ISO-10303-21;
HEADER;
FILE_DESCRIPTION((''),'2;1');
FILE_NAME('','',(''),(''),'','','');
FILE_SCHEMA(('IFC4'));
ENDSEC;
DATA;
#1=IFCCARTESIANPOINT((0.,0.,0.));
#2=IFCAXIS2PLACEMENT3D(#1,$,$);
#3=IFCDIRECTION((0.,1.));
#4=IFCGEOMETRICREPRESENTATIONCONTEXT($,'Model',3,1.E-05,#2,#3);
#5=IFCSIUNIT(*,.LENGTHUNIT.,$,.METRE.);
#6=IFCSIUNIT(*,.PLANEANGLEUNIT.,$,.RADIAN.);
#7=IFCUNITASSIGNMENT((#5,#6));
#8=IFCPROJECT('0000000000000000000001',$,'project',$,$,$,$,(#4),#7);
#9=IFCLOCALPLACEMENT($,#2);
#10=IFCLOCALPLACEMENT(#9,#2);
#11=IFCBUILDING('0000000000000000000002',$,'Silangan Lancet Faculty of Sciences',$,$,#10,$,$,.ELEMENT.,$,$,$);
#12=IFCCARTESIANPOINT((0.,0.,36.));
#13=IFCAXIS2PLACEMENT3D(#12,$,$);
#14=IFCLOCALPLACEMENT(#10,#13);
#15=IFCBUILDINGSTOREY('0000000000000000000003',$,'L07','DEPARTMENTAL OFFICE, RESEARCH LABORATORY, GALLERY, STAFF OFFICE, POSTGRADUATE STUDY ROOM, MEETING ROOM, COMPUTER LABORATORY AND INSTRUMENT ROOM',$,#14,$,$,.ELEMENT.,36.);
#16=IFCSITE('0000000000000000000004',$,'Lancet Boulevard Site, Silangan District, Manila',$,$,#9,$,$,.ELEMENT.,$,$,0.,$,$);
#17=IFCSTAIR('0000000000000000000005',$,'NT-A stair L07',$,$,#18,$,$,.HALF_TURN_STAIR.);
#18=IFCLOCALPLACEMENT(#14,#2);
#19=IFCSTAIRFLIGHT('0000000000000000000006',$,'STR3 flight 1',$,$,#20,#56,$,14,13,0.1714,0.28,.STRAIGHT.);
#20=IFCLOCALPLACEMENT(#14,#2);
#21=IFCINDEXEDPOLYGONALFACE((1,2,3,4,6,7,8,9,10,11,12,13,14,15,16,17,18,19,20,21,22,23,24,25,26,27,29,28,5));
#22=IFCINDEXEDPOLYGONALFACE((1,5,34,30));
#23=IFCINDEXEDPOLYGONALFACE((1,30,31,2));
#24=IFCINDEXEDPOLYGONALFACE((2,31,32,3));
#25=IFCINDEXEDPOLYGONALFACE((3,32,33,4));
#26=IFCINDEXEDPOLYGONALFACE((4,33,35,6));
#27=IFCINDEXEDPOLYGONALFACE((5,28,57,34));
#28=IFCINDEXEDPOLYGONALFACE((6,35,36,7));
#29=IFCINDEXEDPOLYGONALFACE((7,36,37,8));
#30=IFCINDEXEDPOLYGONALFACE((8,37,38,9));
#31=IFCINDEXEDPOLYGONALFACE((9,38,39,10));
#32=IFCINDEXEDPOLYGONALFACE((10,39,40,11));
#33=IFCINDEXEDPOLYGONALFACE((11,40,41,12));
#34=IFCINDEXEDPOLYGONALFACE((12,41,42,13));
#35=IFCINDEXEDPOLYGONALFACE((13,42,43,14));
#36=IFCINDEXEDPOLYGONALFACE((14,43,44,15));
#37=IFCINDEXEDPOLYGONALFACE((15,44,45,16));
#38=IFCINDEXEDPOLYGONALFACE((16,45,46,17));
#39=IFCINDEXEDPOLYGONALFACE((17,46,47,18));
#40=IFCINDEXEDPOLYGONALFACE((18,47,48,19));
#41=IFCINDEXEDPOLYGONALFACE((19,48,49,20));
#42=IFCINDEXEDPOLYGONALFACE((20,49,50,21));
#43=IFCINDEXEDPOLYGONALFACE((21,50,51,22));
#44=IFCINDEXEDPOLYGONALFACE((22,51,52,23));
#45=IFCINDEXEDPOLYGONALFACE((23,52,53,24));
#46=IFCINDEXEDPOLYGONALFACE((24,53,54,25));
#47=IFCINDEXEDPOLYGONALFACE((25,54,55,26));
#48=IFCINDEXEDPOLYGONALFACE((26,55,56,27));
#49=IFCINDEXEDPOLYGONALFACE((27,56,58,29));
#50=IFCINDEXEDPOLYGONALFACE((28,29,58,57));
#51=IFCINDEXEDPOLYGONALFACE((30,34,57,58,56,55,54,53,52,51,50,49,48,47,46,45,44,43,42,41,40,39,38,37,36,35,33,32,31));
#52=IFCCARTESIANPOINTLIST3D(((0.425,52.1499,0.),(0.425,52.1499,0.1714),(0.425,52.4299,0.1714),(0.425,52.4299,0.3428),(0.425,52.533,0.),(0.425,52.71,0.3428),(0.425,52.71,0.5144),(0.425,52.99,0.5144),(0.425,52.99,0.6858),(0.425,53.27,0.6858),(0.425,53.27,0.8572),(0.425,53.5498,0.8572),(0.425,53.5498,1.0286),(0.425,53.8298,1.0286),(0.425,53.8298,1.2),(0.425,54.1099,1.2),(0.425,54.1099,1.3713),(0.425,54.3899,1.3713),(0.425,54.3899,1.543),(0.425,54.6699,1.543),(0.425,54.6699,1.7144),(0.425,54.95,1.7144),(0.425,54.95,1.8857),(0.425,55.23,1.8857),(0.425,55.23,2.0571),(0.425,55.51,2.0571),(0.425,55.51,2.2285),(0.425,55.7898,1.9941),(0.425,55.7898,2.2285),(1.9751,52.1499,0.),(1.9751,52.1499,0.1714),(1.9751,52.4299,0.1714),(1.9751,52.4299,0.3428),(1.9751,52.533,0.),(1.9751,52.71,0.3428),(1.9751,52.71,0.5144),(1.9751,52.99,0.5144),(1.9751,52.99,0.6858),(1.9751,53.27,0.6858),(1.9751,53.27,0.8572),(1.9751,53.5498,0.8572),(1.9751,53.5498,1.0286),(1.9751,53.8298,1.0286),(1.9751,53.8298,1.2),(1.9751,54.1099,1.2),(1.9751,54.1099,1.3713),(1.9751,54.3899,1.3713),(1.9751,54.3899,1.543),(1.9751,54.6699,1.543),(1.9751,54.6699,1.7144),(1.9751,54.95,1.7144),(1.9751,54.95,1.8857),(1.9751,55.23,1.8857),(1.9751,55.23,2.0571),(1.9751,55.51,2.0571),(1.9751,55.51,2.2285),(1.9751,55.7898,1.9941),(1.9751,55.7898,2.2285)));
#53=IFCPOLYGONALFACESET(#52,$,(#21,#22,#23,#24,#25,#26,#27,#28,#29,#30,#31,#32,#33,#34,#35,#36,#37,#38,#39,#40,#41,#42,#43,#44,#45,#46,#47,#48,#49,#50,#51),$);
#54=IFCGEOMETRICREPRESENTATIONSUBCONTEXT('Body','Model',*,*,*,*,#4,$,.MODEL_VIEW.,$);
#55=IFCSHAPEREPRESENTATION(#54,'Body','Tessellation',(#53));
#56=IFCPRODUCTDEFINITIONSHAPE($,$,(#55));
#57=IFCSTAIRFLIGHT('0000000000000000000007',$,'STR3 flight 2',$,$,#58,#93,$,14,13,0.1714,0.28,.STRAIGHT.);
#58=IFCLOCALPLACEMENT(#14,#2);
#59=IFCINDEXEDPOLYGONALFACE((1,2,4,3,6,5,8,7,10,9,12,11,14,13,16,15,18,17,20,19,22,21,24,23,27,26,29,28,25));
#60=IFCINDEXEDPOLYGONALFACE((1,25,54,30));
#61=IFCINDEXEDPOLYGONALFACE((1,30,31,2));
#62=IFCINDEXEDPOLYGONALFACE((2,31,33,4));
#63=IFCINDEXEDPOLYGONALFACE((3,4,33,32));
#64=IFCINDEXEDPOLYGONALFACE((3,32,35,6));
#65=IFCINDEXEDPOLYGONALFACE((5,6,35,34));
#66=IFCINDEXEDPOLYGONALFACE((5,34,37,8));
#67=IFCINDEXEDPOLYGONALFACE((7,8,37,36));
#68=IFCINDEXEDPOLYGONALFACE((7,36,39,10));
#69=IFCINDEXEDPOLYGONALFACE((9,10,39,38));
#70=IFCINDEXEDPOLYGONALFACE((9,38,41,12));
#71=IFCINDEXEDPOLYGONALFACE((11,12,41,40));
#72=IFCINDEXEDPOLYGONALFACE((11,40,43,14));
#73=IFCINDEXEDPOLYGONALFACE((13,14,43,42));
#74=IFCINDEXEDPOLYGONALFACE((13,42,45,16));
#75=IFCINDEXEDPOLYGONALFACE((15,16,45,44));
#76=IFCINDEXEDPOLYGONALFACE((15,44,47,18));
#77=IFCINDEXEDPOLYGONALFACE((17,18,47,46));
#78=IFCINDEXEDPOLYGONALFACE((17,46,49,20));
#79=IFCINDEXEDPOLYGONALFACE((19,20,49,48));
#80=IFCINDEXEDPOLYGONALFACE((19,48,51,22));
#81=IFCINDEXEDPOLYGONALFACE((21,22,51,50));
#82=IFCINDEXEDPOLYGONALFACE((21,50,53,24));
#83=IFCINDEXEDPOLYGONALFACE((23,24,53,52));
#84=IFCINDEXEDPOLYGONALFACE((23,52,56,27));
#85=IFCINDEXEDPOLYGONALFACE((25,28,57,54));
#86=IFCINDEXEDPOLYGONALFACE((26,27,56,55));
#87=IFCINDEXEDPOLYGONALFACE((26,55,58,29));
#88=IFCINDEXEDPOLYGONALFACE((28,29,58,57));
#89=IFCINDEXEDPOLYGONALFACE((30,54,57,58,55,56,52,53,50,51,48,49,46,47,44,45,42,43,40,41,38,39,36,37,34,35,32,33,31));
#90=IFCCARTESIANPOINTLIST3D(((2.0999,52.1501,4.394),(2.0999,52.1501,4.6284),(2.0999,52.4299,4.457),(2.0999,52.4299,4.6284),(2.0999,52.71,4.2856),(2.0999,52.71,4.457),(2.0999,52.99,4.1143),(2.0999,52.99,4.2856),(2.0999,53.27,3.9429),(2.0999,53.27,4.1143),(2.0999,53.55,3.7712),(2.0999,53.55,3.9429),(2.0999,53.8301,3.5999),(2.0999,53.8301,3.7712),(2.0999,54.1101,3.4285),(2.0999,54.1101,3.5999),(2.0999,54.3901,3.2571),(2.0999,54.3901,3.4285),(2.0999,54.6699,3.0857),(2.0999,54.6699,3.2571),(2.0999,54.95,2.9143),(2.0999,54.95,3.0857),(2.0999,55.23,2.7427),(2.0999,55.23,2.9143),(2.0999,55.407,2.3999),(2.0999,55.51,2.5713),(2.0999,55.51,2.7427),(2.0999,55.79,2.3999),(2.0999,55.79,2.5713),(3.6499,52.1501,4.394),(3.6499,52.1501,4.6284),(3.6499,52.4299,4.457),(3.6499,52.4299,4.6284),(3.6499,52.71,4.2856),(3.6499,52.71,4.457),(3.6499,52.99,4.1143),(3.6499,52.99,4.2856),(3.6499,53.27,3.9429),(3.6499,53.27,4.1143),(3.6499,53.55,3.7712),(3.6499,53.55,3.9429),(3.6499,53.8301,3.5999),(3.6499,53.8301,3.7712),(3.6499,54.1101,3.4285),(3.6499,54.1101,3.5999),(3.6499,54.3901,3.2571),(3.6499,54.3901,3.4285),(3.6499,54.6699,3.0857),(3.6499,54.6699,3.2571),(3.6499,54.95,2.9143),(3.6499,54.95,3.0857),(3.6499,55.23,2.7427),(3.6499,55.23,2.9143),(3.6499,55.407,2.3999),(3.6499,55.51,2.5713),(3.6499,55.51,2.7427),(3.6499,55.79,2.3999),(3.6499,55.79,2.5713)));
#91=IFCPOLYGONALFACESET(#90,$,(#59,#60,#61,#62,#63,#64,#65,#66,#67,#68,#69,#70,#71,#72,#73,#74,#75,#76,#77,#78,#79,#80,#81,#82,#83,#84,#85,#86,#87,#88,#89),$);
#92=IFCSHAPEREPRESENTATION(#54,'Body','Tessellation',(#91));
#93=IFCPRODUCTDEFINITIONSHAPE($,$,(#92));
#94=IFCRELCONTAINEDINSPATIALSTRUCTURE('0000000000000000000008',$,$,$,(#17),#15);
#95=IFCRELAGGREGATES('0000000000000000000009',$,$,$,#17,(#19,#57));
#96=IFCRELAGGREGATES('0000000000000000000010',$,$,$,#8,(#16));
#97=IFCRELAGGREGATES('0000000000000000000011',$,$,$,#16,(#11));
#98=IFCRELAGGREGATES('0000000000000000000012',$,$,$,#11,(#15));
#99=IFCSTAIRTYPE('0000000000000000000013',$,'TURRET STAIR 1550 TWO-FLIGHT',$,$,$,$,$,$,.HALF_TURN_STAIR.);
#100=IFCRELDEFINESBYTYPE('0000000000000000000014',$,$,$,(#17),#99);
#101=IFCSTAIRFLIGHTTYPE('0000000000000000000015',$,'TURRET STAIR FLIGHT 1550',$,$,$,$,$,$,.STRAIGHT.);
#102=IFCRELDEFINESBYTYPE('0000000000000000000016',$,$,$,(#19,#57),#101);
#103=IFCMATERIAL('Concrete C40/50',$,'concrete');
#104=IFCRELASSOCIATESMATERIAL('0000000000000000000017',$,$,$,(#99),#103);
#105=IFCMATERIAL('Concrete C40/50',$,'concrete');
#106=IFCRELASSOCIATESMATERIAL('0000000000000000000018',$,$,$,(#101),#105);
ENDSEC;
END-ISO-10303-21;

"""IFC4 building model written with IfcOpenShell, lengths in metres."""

from ifc_helpers import new_model, si_unit, direction, frame, origin, place, context, subcontext, project, spatial, polyline, outline, extrude, material, type_object, element, aggregate, save


model = new_model("IFC4")

# Units and contexts
model_context = context("Model", 3, precision=1e-05, world=origin(), true_north=direction((0.0, 1.0)))
body_context = subcontext(model_context, "Body", "Model", "MODEL_VIEW")
ifc_project = project(units=[si_unit("LENGTHUNIT", "METRE"), si_unit("PLANEANGLEUNIT", "RADIAN")], contexts=[model_context])

# Site, building, storey
site_placement = place(None, origin())
site = spatial("IfcSite", under=ifc_project, at=site_placement, Name="Lancet Boulevard Site, Silangan District, Manila", CompositionType="ELEMENT", RefElevation=0.0)
building_placement = place(site_placement, origin())
building = spatial("IfcBuilding", under=site, at=building_placement, Name="Silangan Lancet Faculty of Sciences", CompositionType="ELEMENT")
storey_placement = place(building_placement, frame((0.0, 0.0, 36.0)))
storey = spatial("IfcBuildingStorey", under=building, at=storey_placement, Name="L07", Description="DEPARTMENTAL OFFICE, RESEARCH LABORATORY, GALLERY, STAFF OFFICE, POSTGRADUATE STUDY ROOM, MEETING ROOM, COMPUTER LABORATORY AND INSTRUMENT ROOM", CompositionType="ELEMENT", Elevation=36.0)

# Stair, stair flights
ifc_material_1 = material(Name="Concrete C40/50", Category="concrete")
stair_type = type_object("IfcStairType", Name="TURRET STAIR 1550 TWO-FLIGHT", PredefinedType="HALF_TURN_STAIR", material=ifc_material_1)
stair_placement = place(storey_placement, origin())
stair = element("IfcStair", 1, at=stair_placement, inside=storey, type_object=stair_type, Name="NT-A stair L07", PredefinedType="HALF_TURN_STAIR")
ifc_material_2 = material(Name="Concrete C40/50", Category="concrete")
stair_flight_type = type_object("IfcStairFlightType", Name="TURRET STAIR FLIGHT 1550", PredefinedType="STRAIGHT", material=ifc_material_2)
stair_flight_1_placement = place(storey_placement, frame((1.2, 52.1499, 0.0), z_axis=(0.0, 0.0, 1.0), x_axis=(0.0, 1.0, 0.0)))
stair_flight_1 = element("IfcStairFlight", 2, at=stair_flight_1_placement, type_object=stair_flight_type, Name="STR3 flight 1", NumberOfRisers=14, NumberOfTreads=13, PredefinedType="STRAIGHT", RiserHeight=0.1714, TreadLength=0.28, context=body_context, shape_type="SweptSolid", body=[
    extrude(outline(polyline([(0.0, 0.0), (0.0, 0.1714), (0.28, 0.1714), (0.28, 0.3428), (0.5601, 0.3428), (0.5601, 0.5144), (0.8401, 0.5144), (0.8401, 0.6858), (1.1201, 0.6858), (1.1201, 0.8572), (1.3999, 0.8572), (1.3999, 1.0286), (1.6799, 1.0286), (1.6799, 1.2), (1.96, 1.2), (1.96, 1.3713), (2.24, 1.3713), (2.24, 1.543), (2.52, 1.543), (2.52, 1.7144), (2.8, 1.7144), (2.8, 1.8857), (3.0801, 1.8857), (3.0801, 2.0571), (3.3601, 2.0571), (3.3601, 2.2285), (3.6399, 2.2285), (3.6399, 2.3999), (3.6399, 1.9941), (0.3831, 0.0), (0.0, 0.0)])), frame((0.0, 0.7749, 0.0), z_axis=(0.0, -1.0, 0.0), x_axis=(1.0, 0.0, 0.0)), (0.0, 0.0, 1.0), 1.55),
])
stair_flight_2_placement = place(storey_placement, frame((2.875, 55.79, 2.3999), z_axis=(0.0, 0.0, 1.0), x_axis=(0.0, -1.0, 0.0)))
stair_flight_2 = element("IfcStairFlight", 3, at=stair_flight_2_placement, type_object=stair_flight_type, Name="STR3 flight 2", NumberOfRisers=14, NumberOfTreads=13, PredefinedType="STRAIGHT", RiserHeight=0.1714, TreadLength=0.28, context=body_context, shape_type="SweptSolid", body=[
    extrude(outline(polyline([(0.0, 0.0), (0.0, 0.1714), (0.28, 0.1714), (0.28, 0.3428), (0.5601, 0.3428), (0.5601, 0.5144), (0.8401, 0.5144), (0.8401, 0.6858), (1.1201, 0.6858), (1.1201, 0.8572), (1.3999, 0.8572), (1.3999, 1.0286), (1.6799, 1.0286), (1.6799, 1.2), (1.96, 1.2), (1.96, 1.3713), (2.24, 1.3713), (2.24, 1.543), (2.52, 1.543), (2.52, 1.7144), (2.8, 1.7144), (2.8, 1.8857), (3.0801, 1.8857), (3.0801, 2.0571), (3.3601, 2.0571), (3.3601, 2.2285), (3.6399, 2.2285), (3.6399, 2.3999), (3.6399, 1.9941), (0.3831, 0.0), (0.0, 0.0)])), frame((0.0, 0.7749, 0.0), z_axis=(0.0, -1.0, 0.0), x_axis=(1.0, 0.0, 0.0)), (0.0, 0.0, 1.0), 1.55),
])
aggregate(stair, [stair_flight_1, stair_flight_2])

save(model, "model.ifc")
